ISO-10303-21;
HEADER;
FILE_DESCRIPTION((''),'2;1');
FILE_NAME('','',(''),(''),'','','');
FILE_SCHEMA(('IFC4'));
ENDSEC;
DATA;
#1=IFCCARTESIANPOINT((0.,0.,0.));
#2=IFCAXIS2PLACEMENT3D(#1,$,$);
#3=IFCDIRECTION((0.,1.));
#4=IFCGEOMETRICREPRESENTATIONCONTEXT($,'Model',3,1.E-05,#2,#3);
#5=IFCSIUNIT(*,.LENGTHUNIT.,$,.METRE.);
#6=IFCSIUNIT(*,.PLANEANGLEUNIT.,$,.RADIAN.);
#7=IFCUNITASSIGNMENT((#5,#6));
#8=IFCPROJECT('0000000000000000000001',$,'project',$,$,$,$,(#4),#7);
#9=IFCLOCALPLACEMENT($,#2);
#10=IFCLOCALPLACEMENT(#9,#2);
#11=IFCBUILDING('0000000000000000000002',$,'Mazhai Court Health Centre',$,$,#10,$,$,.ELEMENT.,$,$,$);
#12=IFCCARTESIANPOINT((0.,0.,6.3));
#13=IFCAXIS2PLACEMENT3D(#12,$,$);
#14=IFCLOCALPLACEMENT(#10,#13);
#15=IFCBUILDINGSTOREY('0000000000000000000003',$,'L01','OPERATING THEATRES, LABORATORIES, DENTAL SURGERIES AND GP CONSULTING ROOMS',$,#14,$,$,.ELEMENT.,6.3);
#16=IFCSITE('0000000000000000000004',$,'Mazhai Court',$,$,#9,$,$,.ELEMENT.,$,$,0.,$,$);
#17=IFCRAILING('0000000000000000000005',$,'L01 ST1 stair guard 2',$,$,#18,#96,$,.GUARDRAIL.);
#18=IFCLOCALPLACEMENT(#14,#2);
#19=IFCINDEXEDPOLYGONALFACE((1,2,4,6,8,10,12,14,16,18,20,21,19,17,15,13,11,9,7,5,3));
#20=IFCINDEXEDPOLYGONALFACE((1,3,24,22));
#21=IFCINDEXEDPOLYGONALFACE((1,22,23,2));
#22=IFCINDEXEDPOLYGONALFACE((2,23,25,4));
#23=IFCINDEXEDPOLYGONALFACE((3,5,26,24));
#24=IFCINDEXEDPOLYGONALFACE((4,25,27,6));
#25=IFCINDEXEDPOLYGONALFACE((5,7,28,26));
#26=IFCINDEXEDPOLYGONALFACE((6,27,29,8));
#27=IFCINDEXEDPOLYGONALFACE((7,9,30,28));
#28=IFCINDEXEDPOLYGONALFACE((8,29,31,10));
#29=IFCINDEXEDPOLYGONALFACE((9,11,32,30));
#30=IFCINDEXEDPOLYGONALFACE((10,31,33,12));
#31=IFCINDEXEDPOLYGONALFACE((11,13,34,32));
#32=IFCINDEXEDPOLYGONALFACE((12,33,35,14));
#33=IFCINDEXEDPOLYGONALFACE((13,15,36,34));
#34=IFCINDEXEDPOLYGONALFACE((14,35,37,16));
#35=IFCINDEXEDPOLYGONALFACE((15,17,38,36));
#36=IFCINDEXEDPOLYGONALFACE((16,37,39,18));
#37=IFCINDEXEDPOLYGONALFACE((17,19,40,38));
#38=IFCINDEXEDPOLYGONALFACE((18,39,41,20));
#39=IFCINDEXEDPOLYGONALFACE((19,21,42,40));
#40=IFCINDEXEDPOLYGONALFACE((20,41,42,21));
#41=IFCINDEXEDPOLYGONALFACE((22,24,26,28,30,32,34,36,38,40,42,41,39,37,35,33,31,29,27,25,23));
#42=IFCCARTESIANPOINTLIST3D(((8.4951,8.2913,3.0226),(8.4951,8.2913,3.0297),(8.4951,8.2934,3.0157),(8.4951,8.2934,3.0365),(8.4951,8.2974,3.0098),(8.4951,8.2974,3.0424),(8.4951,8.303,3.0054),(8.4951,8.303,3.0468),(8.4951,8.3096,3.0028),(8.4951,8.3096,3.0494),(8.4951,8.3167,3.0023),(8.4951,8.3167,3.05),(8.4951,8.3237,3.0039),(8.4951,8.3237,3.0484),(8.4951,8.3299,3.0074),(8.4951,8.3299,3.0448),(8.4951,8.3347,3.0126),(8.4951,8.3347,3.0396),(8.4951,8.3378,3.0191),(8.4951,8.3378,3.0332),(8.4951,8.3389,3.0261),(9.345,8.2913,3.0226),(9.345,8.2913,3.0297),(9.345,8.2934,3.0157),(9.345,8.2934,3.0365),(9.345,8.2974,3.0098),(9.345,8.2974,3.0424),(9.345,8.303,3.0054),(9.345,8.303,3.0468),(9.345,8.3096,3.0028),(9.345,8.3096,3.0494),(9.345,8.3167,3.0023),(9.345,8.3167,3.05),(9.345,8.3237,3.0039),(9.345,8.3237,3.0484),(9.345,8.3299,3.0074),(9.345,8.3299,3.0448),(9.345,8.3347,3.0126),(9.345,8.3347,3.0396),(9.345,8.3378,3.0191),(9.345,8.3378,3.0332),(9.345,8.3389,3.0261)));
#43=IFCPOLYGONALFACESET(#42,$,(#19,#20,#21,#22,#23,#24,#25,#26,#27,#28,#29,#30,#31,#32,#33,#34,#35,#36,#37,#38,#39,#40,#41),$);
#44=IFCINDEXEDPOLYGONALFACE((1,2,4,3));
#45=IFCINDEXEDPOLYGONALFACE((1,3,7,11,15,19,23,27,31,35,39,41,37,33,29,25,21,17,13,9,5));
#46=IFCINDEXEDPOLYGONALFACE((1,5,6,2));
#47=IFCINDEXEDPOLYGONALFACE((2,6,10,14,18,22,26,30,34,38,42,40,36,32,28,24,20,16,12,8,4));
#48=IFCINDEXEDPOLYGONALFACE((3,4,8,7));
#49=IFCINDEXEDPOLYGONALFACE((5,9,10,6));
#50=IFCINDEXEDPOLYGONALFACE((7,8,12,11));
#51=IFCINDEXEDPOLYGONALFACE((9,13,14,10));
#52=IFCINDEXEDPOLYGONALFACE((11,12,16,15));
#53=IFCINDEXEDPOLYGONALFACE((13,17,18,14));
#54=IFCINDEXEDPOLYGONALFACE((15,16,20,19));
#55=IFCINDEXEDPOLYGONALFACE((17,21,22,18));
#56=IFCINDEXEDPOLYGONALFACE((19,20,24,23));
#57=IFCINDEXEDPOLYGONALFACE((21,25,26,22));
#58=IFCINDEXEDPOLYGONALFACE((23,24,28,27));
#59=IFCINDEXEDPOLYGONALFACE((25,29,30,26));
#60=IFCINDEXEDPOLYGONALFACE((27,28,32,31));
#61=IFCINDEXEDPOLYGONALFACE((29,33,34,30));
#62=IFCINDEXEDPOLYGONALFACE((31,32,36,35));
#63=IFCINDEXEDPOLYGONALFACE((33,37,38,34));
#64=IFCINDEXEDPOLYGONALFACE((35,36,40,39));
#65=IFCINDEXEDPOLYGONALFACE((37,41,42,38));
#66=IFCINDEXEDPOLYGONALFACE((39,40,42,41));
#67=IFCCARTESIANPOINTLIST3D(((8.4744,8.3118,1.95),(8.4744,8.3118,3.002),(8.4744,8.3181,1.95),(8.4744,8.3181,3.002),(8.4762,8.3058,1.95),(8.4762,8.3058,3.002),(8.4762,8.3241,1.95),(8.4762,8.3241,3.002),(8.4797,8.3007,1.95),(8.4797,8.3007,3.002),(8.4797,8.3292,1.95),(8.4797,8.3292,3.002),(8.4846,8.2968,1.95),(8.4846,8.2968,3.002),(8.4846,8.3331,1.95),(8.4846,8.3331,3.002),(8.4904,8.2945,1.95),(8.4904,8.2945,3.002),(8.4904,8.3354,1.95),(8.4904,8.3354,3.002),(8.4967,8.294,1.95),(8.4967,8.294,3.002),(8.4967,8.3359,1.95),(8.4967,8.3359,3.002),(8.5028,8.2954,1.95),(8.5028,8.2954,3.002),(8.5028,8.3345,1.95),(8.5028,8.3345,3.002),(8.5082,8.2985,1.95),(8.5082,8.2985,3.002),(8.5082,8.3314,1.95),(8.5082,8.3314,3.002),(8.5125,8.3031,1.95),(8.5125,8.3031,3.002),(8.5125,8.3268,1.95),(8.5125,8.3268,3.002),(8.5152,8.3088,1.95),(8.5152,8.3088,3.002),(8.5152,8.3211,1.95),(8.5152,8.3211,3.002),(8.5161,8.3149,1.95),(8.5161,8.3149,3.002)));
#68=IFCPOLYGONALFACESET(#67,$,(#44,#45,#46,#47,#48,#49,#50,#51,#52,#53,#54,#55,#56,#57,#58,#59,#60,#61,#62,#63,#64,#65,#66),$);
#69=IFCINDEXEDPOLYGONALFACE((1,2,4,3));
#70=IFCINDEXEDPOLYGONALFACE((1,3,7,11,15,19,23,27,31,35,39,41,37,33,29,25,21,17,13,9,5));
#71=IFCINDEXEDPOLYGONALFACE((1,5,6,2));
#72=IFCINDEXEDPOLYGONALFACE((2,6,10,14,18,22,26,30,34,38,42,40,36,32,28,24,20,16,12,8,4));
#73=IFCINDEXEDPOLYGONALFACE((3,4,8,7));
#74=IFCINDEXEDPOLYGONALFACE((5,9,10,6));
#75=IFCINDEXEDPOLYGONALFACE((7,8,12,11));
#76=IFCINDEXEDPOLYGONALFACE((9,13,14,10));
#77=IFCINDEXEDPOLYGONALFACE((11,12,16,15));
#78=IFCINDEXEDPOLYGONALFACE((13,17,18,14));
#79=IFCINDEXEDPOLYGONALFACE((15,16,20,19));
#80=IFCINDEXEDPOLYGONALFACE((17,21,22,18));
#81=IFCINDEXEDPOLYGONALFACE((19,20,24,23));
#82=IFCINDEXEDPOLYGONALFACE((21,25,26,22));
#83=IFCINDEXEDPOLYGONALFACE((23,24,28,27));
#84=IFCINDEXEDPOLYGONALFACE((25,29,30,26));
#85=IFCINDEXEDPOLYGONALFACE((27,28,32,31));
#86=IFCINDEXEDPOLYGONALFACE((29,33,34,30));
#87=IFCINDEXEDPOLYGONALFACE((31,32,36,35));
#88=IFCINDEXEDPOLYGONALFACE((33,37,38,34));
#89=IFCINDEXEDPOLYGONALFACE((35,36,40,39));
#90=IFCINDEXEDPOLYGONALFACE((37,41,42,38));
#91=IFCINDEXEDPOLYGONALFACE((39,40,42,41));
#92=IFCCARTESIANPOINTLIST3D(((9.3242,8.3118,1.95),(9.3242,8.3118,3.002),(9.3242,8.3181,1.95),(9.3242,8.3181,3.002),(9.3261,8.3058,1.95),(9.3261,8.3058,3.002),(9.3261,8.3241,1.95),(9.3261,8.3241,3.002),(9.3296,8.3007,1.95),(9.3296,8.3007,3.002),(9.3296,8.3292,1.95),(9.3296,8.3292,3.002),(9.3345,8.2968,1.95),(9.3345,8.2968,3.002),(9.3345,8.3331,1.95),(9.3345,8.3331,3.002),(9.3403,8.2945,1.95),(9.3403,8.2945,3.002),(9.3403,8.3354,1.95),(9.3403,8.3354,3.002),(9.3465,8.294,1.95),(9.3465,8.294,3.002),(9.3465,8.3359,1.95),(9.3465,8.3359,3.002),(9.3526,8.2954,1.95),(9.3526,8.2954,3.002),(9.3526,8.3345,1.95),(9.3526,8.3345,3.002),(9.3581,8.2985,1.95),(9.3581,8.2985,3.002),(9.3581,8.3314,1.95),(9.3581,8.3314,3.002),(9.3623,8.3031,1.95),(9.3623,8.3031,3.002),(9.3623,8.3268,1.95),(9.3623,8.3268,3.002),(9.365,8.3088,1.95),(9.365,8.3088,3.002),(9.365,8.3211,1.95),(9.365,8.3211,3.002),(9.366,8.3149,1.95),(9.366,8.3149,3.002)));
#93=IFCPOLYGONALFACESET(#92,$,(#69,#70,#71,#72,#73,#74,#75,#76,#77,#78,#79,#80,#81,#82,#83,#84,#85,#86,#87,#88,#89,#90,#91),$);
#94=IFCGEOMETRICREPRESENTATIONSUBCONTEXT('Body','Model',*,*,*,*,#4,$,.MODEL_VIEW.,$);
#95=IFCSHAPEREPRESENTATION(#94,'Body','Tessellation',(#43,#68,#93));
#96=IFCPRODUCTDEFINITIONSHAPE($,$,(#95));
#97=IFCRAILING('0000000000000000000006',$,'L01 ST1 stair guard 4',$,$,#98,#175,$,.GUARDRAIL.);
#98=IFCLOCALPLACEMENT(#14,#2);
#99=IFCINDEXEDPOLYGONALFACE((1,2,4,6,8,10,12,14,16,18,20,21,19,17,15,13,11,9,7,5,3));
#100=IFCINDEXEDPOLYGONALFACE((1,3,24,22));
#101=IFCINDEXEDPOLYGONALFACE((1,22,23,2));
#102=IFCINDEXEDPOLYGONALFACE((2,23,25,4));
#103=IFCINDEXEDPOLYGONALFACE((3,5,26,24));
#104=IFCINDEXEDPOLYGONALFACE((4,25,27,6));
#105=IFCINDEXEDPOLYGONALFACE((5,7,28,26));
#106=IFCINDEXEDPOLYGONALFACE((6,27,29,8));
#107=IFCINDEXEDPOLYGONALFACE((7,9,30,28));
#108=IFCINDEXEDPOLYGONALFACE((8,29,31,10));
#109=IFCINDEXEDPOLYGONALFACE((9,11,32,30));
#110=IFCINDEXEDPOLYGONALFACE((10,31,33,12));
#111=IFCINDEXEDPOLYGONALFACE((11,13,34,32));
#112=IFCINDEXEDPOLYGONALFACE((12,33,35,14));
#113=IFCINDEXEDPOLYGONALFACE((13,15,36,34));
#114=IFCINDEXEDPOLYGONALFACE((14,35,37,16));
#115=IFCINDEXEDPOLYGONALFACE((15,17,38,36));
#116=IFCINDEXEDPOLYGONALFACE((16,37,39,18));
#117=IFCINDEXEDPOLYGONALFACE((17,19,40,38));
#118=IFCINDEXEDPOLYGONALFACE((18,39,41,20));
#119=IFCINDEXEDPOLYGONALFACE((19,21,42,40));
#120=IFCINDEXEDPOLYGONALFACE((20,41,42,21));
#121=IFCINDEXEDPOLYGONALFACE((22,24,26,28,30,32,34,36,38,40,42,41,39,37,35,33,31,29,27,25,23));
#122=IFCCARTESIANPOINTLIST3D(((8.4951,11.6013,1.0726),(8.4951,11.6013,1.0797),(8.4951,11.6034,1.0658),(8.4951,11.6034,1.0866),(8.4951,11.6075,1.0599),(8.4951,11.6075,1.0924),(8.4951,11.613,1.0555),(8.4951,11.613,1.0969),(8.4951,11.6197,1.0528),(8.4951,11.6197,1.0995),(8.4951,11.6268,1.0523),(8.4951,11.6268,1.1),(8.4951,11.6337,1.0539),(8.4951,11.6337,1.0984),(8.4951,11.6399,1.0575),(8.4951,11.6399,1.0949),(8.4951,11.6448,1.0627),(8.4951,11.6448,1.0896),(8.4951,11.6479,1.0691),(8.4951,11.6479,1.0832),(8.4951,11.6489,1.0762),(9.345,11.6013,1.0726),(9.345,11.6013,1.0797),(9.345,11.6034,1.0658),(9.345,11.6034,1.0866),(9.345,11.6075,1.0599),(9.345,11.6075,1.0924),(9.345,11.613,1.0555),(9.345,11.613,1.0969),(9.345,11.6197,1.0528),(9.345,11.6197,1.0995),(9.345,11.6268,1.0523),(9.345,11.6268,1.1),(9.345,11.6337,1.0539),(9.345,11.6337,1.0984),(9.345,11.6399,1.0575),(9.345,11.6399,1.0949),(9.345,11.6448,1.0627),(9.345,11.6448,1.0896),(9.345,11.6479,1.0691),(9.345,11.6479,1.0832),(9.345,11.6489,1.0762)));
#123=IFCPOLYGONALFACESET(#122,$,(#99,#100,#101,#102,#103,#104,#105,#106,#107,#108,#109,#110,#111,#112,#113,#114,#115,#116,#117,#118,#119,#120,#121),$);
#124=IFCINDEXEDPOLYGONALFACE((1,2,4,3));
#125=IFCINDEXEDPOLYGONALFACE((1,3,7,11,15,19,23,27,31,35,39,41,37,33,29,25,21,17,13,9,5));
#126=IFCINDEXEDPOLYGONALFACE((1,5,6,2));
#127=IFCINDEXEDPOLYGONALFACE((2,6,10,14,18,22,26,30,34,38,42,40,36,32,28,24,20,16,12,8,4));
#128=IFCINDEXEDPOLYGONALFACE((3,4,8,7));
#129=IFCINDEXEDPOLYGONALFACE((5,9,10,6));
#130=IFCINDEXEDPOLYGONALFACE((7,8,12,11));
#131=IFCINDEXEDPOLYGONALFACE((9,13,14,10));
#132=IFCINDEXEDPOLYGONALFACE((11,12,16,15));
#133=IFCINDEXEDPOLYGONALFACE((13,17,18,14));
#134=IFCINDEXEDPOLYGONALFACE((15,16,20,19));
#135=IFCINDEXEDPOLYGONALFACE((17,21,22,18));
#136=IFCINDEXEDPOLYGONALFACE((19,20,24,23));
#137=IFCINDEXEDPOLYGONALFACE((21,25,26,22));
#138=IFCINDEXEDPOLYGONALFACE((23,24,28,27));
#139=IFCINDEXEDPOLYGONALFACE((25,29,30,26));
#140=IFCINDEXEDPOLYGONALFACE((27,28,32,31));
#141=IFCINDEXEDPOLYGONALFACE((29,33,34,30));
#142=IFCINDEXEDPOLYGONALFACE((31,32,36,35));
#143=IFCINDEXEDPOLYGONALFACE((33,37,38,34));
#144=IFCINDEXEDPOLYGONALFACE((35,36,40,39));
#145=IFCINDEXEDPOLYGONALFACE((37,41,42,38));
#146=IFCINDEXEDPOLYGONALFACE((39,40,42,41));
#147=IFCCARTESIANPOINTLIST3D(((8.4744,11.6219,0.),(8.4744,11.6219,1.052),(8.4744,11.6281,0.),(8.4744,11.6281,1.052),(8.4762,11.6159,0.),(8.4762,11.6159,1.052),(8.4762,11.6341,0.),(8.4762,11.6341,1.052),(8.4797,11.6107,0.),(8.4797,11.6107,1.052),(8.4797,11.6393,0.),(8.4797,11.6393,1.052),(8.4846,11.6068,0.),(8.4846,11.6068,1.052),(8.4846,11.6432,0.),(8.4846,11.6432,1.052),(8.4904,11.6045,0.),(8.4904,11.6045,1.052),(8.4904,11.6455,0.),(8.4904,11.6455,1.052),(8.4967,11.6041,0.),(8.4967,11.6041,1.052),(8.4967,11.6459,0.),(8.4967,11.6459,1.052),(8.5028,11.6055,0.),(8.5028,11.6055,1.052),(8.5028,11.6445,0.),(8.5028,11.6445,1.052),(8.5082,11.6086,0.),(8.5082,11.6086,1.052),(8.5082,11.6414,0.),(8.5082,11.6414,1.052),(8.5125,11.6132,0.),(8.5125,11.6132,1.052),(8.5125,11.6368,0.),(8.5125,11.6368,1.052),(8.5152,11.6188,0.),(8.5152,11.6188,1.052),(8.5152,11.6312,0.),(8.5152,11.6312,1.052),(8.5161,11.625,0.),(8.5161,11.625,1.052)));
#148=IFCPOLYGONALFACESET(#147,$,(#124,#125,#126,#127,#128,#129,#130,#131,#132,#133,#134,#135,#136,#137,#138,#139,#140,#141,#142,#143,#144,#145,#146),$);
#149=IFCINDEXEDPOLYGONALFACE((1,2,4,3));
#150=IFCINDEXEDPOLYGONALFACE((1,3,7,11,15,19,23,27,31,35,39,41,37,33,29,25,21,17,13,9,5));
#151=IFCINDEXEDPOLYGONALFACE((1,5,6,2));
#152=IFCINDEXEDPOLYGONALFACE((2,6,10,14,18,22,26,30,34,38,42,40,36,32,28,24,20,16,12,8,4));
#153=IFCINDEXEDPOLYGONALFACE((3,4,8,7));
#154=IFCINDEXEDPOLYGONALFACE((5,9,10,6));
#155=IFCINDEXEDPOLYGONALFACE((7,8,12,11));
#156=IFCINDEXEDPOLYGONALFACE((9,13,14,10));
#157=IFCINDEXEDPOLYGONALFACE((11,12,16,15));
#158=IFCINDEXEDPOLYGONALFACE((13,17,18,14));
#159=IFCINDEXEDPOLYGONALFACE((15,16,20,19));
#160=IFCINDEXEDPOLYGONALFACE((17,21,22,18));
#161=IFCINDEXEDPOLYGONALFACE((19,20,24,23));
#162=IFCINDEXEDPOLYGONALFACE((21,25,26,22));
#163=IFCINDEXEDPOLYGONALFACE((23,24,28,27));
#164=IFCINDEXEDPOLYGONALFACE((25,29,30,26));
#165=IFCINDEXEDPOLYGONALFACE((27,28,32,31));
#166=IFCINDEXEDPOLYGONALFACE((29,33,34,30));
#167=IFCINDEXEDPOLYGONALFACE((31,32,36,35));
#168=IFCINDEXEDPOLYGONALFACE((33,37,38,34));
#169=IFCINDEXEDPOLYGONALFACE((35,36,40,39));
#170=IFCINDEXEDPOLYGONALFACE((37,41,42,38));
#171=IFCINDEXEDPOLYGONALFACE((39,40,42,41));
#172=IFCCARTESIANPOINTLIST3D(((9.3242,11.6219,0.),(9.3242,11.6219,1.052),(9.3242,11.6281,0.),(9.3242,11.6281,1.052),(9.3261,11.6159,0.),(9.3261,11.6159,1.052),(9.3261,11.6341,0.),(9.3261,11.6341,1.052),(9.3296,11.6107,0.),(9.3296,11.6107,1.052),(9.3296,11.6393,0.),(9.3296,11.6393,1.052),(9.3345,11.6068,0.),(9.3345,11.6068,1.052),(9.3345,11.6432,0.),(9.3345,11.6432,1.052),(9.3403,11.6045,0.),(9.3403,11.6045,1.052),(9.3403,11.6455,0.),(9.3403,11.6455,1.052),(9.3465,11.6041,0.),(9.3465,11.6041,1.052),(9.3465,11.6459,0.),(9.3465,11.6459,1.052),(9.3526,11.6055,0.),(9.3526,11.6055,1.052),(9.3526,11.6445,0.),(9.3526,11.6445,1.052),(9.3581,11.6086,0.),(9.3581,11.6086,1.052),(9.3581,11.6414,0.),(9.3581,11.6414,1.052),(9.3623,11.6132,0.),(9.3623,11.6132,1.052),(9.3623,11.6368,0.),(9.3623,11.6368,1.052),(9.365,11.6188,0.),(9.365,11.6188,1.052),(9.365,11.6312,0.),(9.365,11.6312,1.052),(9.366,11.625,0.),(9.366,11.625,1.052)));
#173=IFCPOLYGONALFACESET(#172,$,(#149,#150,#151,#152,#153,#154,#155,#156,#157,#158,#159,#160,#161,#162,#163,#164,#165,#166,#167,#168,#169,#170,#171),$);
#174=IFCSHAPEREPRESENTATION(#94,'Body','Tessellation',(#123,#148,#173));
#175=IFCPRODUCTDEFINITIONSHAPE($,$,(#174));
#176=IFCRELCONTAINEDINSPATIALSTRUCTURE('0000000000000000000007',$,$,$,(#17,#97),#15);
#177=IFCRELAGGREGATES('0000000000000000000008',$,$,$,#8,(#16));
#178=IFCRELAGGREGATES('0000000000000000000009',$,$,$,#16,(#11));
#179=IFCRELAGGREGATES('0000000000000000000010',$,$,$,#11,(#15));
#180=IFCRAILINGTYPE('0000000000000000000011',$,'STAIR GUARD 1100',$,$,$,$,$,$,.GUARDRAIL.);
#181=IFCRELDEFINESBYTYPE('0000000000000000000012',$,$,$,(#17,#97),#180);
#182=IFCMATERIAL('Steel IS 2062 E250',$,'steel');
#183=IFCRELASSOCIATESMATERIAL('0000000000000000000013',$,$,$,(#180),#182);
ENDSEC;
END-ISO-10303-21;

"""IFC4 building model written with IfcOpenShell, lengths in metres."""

from ifc_helpers import new_model, si_unit, direction, frame, origin, origin_2d, place, context, subcontext, project, spatial, circle, extrude, material, type_object, element, save


model = new_model("IFC4")

# Units and contexts
model_context = context("Model", 3, precision=1e-05, world=origin(), true_north=direction((0.0, 1.0)))
body_context = subcontext(model_context, "Body", "Model", "MODEL_VIEW")
ifc_project = project(units=[si_unit("LENGTHUNIT", "METRE"), si_unit("PLANEANGLEUNIT", "RADIAN")], contexts=[model_context])

# Site, building, storey
site_placement = place(None, origin())
site = spatial("IfcSite", under=ifc_project, at=site_placement, Name="Mazhai Court", CompositionType="ELEMENT", RefElevation=0.0)
building_placement = place(site_placement, origin())
building = spatial("IfcBuilding", under=site, at=building_placement, Name="Mazhai Court Health Centre", CompositionType="ELEMENT")
storey_placement = place(building_placement, frame((0.0, 0.0, 6.3)))
storey = spatial("IfcBuildingStorey", under=building, at=storey_placement, Name="L01", Description="OPERATING THEATRES, LABORATORIES, DENTAL SURGERIES AND GP CONSULTING ROOMS", CompositionType="ELEMENT", Elevation=6.3)

# Railings
ifc_material_1 = material(Name="Steel IS 2062 E250", Category="steel")
railing_type_1 = type_object("IfcRailingType", Name="STAIR GUARD 1100", PredefinedType="GUARDRAIL", material=ifc_material_1)
for number, where, name in (
    (1, (8.4951, 8.3149, 1.95), "L01 ST1 stair guard 2"),
    (2, (8.4951, 11.625, 0.0), "L01 ST1 stair guard 4"),
):
    element("IfcRailing", number, at=place(storey_placement, frame(where)), inside=storey, type_object=railing_type_1, Name=name, PredefinedType="GUARDRAIL", context=body_context, shape_type="SweptSolid", body=[
        extrude(circle(Radius=0.0239, at=origin_2d()), frame((0.0, 0.0, 1.0762), z_axis=(1.0, 0.0, 0.0), x_axis=(0.0, 1.0, 0.0)), (0.0, 0.0, 1.0), 0.8499),
        extrude(circle(Radius=0.021, at=origin_2d()), origin(), (0.0, 0.0, 1.0), 1.052),
        extrude(circle(Radius=0.021, at=origin_2d()), frame((0.8499, 0.0, 0.0)), (0.0, 0.0, 1.0), 1.052),
    ])

save(model, "model.ifc")
